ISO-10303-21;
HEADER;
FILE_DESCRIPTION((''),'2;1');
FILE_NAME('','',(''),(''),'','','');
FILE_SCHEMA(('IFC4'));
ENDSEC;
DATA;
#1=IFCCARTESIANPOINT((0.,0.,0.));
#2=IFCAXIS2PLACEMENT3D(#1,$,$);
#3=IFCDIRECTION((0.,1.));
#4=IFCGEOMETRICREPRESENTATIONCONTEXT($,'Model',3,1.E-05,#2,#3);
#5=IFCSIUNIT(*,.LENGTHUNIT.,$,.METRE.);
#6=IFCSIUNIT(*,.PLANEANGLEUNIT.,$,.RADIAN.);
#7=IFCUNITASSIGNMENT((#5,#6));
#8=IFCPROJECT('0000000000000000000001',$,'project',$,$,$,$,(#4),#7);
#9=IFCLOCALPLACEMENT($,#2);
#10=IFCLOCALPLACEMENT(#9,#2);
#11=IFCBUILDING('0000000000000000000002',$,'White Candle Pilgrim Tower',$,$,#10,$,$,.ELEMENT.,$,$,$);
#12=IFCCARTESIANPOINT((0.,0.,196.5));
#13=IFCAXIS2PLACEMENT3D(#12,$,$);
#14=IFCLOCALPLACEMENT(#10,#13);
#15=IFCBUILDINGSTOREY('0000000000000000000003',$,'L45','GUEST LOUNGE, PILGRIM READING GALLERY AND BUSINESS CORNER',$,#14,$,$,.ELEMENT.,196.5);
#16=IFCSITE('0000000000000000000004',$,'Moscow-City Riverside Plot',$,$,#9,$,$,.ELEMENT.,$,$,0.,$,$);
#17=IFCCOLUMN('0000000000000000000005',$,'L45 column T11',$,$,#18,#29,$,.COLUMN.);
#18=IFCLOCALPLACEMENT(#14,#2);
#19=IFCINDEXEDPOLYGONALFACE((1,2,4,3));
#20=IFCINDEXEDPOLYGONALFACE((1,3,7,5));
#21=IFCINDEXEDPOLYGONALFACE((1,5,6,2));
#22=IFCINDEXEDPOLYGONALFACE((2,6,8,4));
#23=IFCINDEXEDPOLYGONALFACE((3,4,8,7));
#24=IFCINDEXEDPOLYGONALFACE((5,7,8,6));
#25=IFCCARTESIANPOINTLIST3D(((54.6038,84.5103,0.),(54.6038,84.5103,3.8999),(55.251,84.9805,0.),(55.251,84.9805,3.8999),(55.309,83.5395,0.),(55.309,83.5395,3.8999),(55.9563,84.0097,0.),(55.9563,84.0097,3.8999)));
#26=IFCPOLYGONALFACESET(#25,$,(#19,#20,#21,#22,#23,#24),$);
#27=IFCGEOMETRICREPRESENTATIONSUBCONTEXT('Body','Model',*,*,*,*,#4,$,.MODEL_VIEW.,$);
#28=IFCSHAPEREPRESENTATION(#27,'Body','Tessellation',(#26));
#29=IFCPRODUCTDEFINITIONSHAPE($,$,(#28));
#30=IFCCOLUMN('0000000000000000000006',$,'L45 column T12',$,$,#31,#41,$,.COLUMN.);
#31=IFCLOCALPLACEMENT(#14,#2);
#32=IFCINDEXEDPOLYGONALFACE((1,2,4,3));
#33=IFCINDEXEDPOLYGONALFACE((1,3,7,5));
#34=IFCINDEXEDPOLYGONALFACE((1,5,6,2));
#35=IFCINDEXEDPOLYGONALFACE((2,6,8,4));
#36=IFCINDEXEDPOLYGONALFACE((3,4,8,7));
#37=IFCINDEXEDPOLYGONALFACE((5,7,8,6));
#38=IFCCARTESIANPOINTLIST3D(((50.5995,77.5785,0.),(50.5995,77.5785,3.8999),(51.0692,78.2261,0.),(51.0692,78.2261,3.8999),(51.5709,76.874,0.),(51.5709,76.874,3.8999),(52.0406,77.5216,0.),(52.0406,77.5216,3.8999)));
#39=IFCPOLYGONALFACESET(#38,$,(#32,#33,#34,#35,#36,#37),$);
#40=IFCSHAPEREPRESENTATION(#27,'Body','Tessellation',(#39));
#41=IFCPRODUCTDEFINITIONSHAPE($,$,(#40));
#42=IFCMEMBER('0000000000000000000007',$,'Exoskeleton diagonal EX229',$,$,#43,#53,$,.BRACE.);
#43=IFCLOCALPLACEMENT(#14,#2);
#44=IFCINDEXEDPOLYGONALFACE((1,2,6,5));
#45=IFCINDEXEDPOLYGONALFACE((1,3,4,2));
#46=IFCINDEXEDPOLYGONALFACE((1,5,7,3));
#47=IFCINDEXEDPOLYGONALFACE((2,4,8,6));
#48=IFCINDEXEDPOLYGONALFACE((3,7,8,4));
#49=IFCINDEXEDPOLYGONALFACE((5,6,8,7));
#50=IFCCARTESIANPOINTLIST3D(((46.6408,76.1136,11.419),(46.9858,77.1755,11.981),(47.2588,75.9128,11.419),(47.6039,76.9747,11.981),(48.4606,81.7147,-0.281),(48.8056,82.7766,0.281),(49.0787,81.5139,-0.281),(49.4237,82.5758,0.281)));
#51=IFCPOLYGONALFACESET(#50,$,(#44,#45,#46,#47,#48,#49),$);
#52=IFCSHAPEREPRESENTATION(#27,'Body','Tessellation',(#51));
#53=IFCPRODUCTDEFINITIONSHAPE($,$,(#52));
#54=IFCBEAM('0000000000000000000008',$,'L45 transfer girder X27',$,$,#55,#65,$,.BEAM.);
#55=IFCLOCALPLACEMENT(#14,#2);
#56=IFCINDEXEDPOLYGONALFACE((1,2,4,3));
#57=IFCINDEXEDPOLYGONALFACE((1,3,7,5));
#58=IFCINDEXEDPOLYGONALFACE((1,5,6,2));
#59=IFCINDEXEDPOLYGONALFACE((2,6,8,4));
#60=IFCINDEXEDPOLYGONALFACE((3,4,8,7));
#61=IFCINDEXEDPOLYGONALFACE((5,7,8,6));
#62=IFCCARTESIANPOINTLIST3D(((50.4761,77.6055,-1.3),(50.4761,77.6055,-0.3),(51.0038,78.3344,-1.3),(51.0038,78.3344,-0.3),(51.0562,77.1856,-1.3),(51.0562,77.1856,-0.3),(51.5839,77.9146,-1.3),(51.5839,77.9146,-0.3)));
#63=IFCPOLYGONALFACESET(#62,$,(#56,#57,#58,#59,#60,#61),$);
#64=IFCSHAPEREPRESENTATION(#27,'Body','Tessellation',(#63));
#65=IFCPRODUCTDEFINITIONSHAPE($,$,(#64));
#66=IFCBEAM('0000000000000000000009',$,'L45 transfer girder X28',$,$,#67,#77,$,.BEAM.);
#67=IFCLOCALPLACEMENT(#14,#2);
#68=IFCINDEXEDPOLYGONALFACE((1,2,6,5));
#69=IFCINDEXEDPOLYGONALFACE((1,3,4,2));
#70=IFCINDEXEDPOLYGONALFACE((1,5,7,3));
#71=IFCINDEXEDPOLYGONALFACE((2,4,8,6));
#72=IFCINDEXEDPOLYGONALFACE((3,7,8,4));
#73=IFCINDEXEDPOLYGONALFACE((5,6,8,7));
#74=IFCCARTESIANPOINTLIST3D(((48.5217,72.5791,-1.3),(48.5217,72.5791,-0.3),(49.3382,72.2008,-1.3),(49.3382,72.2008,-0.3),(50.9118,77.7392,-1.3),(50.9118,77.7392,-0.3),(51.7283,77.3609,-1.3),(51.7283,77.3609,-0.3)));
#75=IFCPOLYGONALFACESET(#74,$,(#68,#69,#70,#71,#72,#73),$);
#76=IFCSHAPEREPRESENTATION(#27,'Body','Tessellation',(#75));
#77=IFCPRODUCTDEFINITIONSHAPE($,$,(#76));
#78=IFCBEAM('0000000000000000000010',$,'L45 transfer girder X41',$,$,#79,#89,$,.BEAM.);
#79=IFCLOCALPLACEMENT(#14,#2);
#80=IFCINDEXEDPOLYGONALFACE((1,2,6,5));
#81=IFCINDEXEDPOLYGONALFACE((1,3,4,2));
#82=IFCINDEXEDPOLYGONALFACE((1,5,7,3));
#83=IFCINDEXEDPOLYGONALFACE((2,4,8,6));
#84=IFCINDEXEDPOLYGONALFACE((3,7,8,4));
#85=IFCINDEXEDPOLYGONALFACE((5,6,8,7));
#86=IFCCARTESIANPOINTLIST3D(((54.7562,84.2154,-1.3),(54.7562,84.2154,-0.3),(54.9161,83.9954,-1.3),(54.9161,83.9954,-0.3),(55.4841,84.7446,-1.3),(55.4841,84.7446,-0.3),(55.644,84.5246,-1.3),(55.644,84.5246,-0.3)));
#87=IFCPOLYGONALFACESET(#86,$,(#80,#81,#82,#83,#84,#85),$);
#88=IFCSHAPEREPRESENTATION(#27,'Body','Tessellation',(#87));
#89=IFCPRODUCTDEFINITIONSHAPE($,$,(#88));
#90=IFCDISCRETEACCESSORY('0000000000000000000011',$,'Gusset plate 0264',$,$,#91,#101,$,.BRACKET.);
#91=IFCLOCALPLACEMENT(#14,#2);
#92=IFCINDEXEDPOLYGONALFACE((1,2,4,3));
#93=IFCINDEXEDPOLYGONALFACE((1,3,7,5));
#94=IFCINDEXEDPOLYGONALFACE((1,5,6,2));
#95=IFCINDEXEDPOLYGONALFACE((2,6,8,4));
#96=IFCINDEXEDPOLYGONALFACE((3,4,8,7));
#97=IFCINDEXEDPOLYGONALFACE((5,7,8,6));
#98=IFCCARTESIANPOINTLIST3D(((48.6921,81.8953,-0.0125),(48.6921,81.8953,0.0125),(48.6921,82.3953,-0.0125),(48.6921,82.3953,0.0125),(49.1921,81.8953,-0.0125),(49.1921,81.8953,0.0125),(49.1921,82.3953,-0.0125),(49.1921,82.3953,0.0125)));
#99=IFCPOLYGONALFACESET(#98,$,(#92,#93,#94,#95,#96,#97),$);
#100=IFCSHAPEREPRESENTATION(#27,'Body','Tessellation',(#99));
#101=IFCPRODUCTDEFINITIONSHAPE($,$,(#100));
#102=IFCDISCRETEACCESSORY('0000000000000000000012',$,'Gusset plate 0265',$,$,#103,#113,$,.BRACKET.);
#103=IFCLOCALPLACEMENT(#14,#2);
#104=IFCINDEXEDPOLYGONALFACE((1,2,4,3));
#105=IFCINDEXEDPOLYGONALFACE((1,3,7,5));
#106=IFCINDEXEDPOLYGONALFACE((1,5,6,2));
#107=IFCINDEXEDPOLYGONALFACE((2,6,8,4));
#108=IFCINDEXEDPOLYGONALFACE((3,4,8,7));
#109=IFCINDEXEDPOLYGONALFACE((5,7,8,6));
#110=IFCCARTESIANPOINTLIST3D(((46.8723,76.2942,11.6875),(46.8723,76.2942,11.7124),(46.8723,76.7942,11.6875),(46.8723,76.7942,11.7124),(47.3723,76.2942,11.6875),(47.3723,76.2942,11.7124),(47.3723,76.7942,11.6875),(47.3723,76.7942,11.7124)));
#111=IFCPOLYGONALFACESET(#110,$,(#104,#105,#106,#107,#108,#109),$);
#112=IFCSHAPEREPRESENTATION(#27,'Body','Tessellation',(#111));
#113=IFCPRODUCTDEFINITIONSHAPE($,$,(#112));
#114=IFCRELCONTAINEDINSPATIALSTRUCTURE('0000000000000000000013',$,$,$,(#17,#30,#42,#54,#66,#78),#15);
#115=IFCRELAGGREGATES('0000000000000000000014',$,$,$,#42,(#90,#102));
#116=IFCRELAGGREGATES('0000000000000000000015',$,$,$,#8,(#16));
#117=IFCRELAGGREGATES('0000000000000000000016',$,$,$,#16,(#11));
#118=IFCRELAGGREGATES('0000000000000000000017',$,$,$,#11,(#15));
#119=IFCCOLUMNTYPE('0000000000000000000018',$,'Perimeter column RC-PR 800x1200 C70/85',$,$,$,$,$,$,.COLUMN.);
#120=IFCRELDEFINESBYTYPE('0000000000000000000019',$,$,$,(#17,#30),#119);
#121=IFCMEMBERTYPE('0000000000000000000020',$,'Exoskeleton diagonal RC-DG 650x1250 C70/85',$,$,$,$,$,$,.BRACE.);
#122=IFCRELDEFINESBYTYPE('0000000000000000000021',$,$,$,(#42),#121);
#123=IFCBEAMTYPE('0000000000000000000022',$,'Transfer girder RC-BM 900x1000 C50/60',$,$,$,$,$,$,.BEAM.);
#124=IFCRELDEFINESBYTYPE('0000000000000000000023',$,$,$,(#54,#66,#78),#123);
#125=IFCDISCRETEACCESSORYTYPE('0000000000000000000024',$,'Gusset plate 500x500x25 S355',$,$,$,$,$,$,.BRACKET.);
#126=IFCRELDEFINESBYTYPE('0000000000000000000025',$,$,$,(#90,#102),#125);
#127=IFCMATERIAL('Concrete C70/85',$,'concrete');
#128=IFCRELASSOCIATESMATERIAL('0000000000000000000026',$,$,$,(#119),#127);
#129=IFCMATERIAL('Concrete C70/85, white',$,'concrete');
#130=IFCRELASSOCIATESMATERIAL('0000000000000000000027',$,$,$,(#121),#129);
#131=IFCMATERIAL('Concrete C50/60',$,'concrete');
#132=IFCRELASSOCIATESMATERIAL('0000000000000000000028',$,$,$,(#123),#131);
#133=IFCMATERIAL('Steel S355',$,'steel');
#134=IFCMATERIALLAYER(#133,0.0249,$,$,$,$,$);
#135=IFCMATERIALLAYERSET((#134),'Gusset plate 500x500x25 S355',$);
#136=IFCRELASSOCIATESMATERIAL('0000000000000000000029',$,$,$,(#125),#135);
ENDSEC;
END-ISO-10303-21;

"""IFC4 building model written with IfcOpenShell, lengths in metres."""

from ifc_helpers import new_model, si_unit, direction, frame, origin, origin_2d, place, context, subcontext, project, spatial, rectangle, extrude, material, layer, layer_set, material_profile, profile_set, type_object, element, aggregate, save


model = new_model("IFC4")

# Units and contexts
model_context = context("Model", 3, precision=1e-05, world=origin(), true_north=direction((0.0, 1.0)))
body_context = subcontext(model_context, "Body", "Model", "MODEL_VIEW")
ifc_project = project(units=[si_unit("LENGTHUNIT", "METRE"), si_unit("PLANEANGLEUNIT", "RADIAN")], contexts=[model_context])

# Site, building, storey
site_placement = place(None, origin())
site = spatial("IfcSite", under=ifc_project, at=site_placement, Name="Moscow-City Riverside Plot", CompositionType="ELEMENT", RefElevation=0.0)
building_placement = place(site_placement, origin())
building = spatial("IfcBuilding", under=site, at=building_placement, Name="White Candle Pilgrim Tower", CompositionType="ELEMENT")
storey_placement = place(building_placement, frame((0.0, 0.0, 196.5)))
storey = spatial("IfcBuildingStorey", under=building, at=storey_placement, Name="L45", Description="GUEST LOUNGE, PILGRIM READING GALLERY AND BUSINESS CORNER", CompositionType="ELEMENT", Elevation=196.5)

# Columns
ifc_material_1 = material(Name="Concrete C70/85", Category="concrete")
ifc_material_profile_1 = material_profile(ifc_material_1, rectangle(XDim=0.8, YDim=1.2, at=origin_2d()), Name="RC-PR 800x1200")
ifc_profile_set_1 = profile_set([ifc_material_profile_1], Name="Concrete C70/85")
column_type = type_object("IfcColumnType", Name="Perimeter column RC-PR 800x1200 C70/85", PredefinedType="COLUMN", material=ifc_profile_set_1)
for number, where, z_axis, x_axis, name in (
    (1, (55.28, 84.26, 0.0), (0.0, 0.0, 1.0), (0.809027, 0.587771, 0.0), "L45 column T11"),
    (2, (51.3201, 77.55, 0.0), (0.0, 0.0, 1.0), (0.587107, 0.809509, 0.0), "L45 column T12"),
):
    element("IfcColumn", number, at=place(storey_placement, frame(where, z_axis=z_axis, x_axis=x_axis)), inside=storey, type_object=column_type, Name=name, PredefinedType="COLUMN", context=body_context, shape_type="SweptSolid", body=[
        extrude(rectangle(XDim=0.8, YDim=1.2, at=origin_2d()), origin(), (0.0, 0.0, 1.0), 3.8999),
    ])

# Member
ifc_material_2 = material(Name="Concrete C70/85, white", Category="concrete")
ifc_material_profile_2 = material_profile(ifc_material_2, rectangle(XDim=0.6499, YDim=1.25, at=origin_2d()), Name="RC-DG 650x1250")
ifc_profile_set_2 = profile_set([ifc_material_profile_2], Name="Concrete C70/85, white")
member_type = type_object("IfcMemberType", Name="Exoskeleton diagonal RC-DG 650x1250 C70/85", PredefinedType="BRACE", material=ifc_profile_set_2)
member_placement = place(storey_placement, frame((48.9421, 82.1453, 0.0), z_axis=(-0.138933, -0.427609, 0.893223), x_axis=(0.95106, -0.309005, 0.0)))
member = element("IfcMember", 3, at=member_placement, inside=storey, type_object=member_type, Name="Exoskeleton diagonal EX229", PredefinedType="BRACE", context=body_context, shape_type="SweptSolid", body=[
    extrude(rectangle(XDim=0.6499, YDim=1.25, at=origin_2d()), origin(), (0.0, 0.0, 1.0), 13.0986),
])

# Beams
ifc_material_3 = material(Name="Concrete C50/60", Category="concrete")
ifc_material_profile_3 = material_profile(ifc_material_3, rectangle(XDim=0.8999, YDim=1.0, at=origin_2d()), Name="RC-BM 900x1000")
ifc_profile_set_3 = profile_set([ifc_material_profile_3], Name="Concrete C50/60")
beam_type = type_object("IfcBeamType", Name="Transfer girder RC-BM 900x1000 C50/60", PredefinedType="BEAM", material=ifc_profile_set_3)
beam_1_placement = place(storey_placement, frame((50.74, 77.97, -0.8), z_axis=(0.810031, -0.586386, 0.0), x_axis=(0.586386, 0.810031, 0.0)))
element("IfcBeam", 4, at=beam_1_placement, inside=storey, type_object=beam_type, Name="L45 transfer girder X27", PredefinedType="BEAM", context=body_context, shape_type="SweptSolid", body=[
    extrude(rectangle(XDim=0.8999, YDim=1.0, at=origin_2d()), origin(), (0.0, 0.0, 1.0), 0.7161),
])
beam_2_placement = place(storey_placement, frame((51.3201, 77.55, -0.8), z_axis=(-0.420294, -0.907388, 0.0), x_axis=(0.907388, -0.420294, 0.0)))
element("IfcBeam", 5, at=beam_2_placement, inside=storey, type_object=beam_type, Name="L45 transfer girder X28", PredefinedType="BEAM", context=body_context, shape_type="SweptSolid", body=[
    extrude(rectangle(XDim=0.8999, YDim=1.0, at=origin_2d()), origin(), (0.0, 0.0, 1.0), 5.6868),
])
beam_3_placement = place(storey_placement, frame((55.1201, 84.48, -0.8), z_axis=(0.588012, -0.808853, 0.0), x_axis=(0.808853, 0.588012, 0.0)))
element("IfcBeam", 6, at=beam_3_placement, inside=storey, type_object=beam_type, Name="L45 transfer girder X41", PredefinedType="BEAM", context=body_context, shape_type="SweptSolid", body=[
    extrude(rectangle(XDim=0.8999, YDim=1.0, at=origin_2d()), origin(), (0.0, 0.0, 1.0), 0.272),
])

# Discrete accessories
ifc_material_4 = material(Name="Steel S355", Category="steel")
ifc_layer_1 = layer(ifc_material_4, 0.0249)
ifc_layer_set_1 = layer_set([ifc_layer_1], Name="Gusset plate 500x500x25 S355")
discrete_accessory_type = type_object("IfcDiscreteAccessoryType", Name="Gusset plate 500x500x25 S355", PredefinedType="BRACKET", material=ifc_layer_set_1)
discrete_accessory_1_placement = place(storey_placement, frame((48.9421, 82.1453, -0.0125), z_axis=(0.0, 0.0, 1.0), x_axis=(1.0, 0.0, 0.0)))
discrete_accessory_1 = element("IfcDiscreteAccessory", 7, at=discrete_accessory_1_placement, type_object=discrete_accessory_type, Name="Gusset plate 0264", PredefinedType="BRACKET", context=body_context, shape_type="SweptSolid", body=[
    extrude(rectangle(XDim=0.5, YDim=0.5, at=origin_2d()), origin(), (0.0, 0.0, 1.0), 0.0249),
])
placement = place(building_placement, frame((0.0, 0.0, 208.2)))
discrete_accessory_2_placement = place(placement, frame((47.1223, 76.5442, -0.0125), z_axis=(0.0, 0.0, 1.0), x_axis=(1.0, 0.0, 0.0)))
discrete_accessory_2 = element("IfcDiscreteAccessory", 8, at=discrete_accessory_2_placement, type_object=discrete_accessory_type, Name="Gusset plate 0265", PredefinedType="BRACKET", context=body_context, shape_type="SweptSolid", body=[
    extrude(rectangle(XDim=0.5, YDim=0.5, at=origin_2d()), origin(), (0.0, 0.0, 1.0), 0.0249),
])
aggregate(member, [discrete_accessory_1, discrete_accessory_2])

save(model, "model.ifc")
